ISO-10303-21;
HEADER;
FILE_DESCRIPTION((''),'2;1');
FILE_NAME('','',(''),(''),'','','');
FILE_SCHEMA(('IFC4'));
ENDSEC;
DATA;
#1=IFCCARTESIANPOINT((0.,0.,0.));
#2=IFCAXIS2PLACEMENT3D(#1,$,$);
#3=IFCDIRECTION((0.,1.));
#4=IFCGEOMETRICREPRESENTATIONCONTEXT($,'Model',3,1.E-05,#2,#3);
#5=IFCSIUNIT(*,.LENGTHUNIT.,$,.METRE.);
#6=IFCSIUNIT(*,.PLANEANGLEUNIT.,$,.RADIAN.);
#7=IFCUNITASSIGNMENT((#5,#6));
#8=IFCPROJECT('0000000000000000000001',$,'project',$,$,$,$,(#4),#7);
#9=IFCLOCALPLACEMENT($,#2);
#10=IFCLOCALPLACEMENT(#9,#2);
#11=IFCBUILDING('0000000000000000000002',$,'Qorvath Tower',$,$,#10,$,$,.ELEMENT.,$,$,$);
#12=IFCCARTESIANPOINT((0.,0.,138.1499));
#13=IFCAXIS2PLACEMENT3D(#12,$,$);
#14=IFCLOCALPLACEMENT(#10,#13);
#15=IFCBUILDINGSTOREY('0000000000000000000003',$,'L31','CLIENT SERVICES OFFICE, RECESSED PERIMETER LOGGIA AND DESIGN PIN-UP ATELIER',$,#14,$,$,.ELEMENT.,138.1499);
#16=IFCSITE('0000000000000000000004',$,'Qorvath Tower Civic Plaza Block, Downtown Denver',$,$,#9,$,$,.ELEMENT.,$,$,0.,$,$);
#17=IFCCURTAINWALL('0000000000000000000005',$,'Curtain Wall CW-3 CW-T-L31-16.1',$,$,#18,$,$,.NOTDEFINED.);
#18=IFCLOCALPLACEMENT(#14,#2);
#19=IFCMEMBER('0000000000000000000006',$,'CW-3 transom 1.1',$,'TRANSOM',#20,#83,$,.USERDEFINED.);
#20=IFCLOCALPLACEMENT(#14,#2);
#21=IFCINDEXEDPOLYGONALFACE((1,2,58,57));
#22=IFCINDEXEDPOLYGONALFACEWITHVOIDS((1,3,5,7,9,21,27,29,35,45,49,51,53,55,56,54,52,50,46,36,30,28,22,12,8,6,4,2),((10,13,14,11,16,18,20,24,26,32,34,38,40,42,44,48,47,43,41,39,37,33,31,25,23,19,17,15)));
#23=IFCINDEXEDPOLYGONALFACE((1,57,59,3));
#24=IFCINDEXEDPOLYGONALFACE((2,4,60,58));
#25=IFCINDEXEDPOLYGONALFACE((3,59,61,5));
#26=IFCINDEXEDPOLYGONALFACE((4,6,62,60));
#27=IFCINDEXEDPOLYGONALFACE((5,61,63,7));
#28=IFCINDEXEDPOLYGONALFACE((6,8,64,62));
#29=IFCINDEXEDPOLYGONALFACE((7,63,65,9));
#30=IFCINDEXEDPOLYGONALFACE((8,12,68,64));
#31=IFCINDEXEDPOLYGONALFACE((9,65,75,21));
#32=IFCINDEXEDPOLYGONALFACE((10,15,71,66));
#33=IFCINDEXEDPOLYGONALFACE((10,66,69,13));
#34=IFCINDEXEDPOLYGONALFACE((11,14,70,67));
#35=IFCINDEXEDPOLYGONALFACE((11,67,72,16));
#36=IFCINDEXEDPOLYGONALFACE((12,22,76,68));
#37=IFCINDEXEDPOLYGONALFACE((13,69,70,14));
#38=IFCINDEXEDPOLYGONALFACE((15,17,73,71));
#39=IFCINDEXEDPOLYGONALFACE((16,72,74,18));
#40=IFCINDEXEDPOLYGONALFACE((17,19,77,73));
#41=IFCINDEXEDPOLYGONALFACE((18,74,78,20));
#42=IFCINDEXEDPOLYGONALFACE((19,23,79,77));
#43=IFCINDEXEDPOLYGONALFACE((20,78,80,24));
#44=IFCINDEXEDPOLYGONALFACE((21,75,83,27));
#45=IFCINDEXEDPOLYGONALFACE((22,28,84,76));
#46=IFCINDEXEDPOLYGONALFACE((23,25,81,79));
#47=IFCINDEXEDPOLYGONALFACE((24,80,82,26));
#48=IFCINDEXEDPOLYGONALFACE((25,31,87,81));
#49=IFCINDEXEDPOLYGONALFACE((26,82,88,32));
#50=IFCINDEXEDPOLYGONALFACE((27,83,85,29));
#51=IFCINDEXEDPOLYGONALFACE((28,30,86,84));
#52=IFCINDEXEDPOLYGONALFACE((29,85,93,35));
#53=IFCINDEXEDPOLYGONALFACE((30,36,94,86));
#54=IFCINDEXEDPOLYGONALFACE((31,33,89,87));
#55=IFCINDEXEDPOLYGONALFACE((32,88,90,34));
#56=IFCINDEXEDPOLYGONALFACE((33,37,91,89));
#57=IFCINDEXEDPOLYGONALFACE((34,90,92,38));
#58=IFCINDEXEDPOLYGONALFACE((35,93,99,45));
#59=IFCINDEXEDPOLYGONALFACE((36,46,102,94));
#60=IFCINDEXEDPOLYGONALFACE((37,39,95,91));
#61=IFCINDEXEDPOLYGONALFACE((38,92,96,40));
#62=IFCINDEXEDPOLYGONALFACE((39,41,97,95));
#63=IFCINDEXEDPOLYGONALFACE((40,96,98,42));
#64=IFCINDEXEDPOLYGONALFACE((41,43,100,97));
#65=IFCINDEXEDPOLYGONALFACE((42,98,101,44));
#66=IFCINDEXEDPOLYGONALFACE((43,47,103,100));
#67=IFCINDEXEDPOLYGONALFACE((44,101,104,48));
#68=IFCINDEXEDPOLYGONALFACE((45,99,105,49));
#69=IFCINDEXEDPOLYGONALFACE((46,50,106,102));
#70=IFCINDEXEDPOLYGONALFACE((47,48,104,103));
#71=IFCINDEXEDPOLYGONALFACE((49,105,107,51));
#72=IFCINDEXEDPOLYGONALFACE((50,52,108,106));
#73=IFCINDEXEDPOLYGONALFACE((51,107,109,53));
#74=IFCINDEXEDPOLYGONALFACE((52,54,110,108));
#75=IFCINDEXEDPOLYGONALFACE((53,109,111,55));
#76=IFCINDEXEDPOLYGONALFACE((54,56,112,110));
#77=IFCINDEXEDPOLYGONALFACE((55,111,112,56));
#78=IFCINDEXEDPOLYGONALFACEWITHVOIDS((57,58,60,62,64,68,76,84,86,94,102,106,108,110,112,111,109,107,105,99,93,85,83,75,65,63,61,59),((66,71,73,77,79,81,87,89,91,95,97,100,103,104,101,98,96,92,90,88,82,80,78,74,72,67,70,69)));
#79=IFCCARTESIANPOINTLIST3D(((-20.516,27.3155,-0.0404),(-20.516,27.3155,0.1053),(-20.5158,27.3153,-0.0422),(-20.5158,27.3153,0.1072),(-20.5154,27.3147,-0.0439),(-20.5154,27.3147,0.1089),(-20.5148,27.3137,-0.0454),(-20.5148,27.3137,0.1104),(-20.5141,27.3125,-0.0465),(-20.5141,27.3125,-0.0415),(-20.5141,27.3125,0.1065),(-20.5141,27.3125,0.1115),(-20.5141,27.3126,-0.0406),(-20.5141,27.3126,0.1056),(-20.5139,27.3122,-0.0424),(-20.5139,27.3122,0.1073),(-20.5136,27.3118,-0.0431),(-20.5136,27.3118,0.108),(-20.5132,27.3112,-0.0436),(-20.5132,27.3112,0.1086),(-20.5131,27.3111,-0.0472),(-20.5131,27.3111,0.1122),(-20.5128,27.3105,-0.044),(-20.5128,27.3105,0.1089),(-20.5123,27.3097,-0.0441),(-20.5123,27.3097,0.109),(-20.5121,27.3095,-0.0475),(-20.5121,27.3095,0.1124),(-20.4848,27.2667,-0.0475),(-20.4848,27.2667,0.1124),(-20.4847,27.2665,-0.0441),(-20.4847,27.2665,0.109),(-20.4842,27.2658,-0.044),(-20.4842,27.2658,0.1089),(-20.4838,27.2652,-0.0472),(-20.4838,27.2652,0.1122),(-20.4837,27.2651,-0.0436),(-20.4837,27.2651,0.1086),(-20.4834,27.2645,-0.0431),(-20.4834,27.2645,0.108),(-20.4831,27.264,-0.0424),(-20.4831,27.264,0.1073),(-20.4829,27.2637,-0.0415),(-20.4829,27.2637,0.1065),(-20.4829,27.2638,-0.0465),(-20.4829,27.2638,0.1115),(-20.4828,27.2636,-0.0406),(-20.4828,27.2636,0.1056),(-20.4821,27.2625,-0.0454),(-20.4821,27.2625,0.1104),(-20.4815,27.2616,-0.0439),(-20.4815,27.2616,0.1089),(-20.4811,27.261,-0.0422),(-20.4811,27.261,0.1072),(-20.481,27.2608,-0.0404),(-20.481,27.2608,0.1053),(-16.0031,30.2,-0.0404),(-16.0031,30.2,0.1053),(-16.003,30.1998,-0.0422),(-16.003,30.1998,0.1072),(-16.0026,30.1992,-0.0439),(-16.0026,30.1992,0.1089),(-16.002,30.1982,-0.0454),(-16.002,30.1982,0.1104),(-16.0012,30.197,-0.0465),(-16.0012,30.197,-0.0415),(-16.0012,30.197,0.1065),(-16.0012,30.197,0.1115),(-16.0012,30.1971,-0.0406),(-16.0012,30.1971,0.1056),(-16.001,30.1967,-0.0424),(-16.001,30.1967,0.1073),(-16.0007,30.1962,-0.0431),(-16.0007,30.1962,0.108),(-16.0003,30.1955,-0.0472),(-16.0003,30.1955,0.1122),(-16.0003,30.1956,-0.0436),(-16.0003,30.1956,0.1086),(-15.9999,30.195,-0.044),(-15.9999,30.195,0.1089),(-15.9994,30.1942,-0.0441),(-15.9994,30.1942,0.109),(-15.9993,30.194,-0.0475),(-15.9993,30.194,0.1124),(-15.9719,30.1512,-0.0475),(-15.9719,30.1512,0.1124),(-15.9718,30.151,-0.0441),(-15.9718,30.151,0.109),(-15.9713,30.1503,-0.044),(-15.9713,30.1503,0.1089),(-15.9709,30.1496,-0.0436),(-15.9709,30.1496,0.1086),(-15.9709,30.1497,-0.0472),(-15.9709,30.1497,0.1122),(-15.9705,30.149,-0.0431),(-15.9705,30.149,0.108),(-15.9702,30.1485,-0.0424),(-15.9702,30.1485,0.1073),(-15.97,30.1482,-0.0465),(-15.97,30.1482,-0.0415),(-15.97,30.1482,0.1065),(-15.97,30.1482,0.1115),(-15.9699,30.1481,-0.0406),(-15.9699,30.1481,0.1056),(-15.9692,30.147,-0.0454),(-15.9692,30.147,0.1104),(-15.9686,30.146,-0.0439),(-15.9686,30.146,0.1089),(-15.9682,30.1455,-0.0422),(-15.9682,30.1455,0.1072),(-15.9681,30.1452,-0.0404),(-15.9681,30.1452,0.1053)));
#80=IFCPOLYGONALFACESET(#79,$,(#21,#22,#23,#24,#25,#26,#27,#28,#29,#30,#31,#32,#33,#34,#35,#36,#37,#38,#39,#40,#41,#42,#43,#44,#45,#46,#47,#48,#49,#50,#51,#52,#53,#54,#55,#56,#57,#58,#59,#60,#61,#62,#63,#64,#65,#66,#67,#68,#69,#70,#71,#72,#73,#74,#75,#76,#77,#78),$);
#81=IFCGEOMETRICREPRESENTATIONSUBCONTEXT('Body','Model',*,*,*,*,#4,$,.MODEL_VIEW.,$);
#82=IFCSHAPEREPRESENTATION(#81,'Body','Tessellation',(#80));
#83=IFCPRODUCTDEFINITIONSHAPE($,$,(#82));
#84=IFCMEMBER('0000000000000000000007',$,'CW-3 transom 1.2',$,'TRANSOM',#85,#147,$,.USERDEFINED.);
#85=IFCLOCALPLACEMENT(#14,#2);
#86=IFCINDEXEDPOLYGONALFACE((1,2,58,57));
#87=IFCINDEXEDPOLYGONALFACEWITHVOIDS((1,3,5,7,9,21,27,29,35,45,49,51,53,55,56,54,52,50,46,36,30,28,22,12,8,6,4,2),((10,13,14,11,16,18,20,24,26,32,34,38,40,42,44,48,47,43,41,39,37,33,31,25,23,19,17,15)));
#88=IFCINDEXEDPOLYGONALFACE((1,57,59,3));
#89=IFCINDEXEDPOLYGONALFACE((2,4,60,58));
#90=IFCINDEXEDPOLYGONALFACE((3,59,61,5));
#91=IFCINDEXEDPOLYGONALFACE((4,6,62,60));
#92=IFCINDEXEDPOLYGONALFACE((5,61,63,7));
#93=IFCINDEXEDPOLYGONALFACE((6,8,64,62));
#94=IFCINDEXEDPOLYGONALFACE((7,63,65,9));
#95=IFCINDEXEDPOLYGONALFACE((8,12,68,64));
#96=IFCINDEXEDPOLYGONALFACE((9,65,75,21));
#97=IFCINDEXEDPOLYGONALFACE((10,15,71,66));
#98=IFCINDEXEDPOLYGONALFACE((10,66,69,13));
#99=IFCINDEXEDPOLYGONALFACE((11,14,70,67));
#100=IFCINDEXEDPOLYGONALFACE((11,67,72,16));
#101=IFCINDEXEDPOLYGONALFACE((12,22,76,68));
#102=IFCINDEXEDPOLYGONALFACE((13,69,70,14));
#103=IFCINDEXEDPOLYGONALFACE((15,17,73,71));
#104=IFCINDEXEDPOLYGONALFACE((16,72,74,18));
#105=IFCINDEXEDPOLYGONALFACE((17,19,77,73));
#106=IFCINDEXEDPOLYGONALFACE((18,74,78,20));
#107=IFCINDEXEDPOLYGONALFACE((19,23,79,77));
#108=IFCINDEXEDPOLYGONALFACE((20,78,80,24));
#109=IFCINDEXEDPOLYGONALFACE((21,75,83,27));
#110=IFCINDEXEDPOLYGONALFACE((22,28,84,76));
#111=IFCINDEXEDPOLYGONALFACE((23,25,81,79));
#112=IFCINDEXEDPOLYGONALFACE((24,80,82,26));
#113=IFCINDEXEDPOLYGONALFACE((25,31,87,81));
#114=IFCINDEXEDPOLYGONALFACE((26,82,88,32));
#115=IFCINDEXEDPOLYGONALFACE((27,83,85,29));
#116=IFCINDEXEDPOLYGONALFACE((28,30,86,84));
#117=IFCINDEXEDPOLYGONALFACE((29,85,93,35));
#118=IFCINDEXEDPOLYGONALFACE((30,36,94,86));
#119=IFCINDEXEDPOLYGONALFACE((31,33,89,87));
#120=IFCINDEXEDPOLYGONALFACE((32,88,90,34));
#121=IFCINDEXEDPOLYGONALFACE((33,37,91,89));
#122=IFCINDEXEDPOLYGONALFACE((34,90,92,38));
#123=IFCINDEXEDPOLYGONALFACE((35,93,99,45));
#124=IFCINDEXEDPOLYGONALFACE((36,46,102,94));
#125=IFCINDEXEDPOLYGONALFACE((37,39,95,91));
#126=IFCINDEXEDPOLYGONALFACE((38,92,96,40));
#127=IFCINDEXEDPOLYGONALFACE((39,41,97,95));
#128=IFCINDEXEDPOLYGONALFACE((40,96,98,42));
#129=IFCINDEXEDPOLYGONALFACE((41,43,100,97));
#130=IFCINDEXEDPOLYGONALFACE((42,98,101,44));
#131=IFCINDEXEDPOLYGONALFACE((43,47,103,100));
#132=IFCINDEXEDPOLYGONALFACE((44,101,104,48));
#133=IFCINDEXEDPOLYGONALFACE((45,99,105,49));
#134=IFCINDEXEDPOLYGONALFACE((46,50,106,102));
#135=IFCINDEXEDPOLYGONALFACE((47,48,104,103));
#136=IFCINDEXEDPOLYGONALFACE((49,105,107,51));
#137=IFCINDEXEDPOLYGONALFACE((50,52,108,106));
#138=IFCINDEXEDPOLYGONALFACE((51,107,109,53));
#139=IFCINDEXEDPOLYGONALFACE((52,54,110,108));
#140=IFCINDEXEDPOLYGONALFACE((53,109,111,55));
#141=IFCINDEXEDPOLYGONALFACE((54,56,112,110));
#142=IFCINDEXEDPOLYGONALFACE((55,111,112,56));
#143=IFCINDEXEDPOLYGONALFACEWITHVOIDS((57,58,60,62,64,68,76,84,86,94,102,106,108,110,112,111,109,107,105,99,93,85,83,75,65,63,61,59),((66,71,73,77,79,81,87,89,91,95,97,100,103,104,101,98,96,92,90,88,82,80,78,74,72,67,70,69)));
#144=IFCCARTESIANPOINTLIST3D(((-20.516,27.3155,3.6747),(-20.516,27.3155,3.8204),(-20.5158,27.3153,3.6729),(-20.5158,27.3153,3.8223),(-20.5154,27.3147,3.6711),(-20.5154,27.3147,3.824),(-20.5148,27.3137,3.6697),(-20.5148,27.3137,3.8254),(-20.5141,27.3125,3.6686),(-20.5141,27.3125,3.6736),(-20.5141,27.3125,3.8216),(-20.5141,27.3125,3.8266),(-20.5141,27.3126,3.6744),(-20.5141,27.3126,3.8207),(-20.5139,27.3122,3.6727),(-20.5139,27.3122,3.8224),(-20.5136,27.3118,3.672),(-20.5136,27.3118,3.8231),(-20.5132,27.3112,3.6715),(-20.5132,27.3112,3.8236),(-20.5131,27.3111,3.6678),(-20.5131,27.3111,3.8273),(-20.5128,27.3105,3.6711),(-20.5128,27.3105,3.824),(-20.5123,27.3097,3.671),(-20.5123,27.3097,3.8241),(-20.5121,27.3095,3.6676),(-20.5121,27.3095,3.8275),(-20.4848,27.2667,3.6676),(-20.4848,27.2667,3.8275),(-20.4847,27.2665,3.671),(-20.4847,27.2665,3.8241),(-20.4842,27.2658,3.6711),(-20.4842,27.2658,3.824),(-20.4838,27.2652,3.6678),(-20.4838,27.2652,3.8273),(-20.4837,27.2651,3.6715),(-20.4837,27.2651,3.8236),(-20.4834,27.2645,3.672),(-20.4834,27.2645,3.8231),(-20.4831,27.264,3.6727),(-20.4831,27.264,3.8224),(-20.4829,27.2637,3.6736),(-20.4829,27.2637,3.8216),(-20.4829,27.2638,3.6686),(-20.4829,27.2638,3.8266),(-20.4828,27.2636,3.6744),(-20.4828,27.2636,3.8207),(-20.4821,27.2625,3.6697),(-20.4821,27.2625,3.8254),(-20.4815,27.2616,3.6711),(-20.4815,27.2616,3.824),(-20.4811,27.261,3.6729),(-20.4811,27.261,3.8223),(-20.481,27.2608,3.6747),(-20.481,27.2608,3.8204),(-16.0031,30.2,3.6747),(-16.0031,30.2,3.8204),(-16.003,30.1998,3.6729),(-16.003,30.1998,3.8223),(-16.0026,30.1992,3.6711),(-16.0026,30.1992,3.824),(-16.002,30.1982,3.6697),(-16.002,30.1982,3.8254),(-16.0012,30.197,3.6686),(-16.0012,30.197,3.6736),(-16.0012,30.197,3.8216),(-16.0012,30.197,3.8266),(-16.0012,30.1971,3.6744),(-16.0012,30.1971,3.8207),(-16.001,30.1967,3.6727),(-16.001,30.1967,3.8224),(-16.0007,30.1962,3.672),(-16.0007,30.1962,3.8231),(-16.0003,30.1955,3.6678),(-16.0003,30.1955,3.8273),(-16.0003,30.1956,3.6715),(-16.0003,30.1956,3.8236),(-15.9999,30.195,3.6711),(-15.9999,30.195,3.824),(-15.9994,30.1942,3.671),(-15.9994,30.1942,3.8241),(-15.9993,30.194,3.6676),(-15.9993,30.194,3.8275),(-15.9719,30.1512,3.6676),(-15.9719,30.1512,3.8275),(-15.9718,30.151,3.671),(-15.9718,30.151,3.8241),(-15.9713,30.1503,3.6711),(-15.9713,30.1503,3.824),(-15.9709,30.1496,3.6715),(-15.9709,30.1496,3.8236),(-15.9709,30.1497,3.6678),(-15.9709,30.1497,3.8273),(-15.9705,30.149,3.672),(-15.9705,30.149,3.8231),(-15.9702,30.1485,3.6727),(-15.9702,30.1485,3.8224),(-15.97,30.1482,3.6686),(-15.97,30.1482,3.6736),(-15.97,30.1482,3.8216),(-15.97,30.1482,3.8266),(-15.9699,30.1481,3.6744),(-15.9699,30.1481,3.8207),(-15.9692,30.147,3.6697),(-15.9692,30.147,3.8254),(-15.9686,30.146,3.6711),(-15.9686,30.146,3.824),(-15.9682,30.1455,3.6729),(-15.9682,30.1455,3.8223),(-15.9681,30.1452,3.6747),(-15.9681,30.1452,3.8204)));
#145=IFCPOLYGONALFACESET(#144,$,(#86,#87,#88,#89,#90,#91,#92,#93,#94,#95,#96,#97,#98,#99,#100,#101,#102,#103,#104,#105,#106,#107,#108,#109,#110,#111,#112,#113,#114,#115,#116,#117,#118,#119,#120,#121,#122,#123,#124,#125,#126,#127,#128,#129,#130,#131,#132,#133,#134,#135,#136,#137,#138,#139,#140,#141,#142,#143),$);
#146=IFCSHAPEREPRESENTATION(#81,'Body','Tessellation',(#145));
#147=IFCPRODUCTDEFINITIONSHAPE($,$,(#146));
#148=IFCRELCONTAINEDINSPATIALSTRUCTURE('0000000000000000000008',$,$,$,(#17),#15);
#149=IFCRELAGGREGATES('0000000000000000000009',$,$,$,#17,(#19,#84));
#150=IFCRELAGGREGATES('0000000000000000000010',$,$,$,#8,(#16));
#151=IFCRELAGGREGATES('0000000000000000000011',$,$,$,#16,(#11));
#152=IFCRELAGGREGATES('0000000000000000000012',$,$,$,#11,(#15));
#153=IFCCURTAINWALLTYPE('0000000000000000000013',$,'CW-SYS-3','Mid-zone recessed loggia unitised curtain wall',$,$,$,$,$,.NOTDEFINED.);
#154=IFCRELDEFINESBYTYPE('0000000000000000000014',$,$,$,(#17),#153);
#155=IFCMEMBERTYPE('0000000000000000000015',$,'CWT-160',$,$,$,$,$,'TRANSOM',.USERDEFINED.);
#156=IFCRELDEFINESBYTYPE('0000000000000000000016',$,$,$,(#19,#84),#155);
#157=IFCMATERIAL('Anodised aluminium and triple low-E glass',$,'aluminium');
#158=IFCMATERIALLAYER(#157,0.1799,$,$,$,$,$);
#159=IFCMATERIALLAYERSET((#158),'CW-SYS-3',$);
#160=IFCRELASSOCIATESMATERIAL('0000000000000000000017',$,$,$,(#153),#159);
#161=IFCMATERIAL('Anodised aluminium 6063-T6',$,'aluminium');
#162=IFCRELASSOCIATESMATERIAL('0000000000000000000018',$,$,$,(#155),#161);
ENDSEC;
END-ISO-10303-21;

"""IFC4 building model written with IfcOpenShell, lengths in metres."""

from ifc_helpers import new_model, si_unit, direction, frame, origin, origin_2d, place, context, subcontext, project, spatial, hollow_rectangle, extrude, material, layer, layer_set, material_profile, profile_set, type_object, element, aggregate, save


model = new_model("IFC4")

# Units and contexts
model_context = context("Model", 3, precision=1e-05, world=origin(), true_north=direction((0.0, 1.0)))
body_context = subcontext(model_context, "Body", "Model", "MODEL_VIEW")
ifc_project = project(units=[si_unit("LENGTHUNIT", "METRE"), si_unit("PLANEANGLEUNIT", "RADIAN")], contexts=[model_context])

# Site, building, storey
site_placement = place(None, origin())
site = spatial("IfcSite", under=ifc_project, at=site_placement, Name="Qorvath Tower Civic Plaza Block, Downtown Denver", CompositionType="ELEMENT", RefElevation=0.0)
building_placement = place(site_placement, origin())
building = spatial("IfcBuilding", under=site, at=building_placement, Name="Qorvath Tower", CompositionType="ELEMENT")
storey_placement = place(building_placement, frame((0.0, 0.0, 138.1499)))
storey = spatial("IfcBuildingStorey", under=building, at=storey_placement, Name="L31", Description="CLIENT SERVICES OFFICE, RECESSED PERIMETER LOGGIA AND DESIGN PIN-UP ATELIER", CompositionType="ELEMENT", Elevation=138.1499)

# Shared definitions
ifc_material_1 = material(Name="Anodised aluminium and triple low-E glass", Category="aluminium")
ifc_layer_1 = layer(ifc_material_1, 0.1799)
ifc_layer_set_1 = layer_set([ifc_layer_1], Name="CW-SYS-3")
curtain_wall_type = type_object("IfcCurtainWallType", Name="CW-SYS-3", Description="Mid-zone recessed loggia unitised curtain wall", PredefinedType="NOTDEFINED", material=ifc_layer_set_1)

# Curtain wall
curtain_wall_1_placement = place(storey_placement, origin())
curtain_wall_1 = element("IfcCurtainWall", 1, at=curtain_wall_1_placement, inside=storey, type_object=curtain_wall_type, Name="Curtain Wall CW-3 CW-T-L31-16.1", PredefinedType="NOTDEFINED")

# Members
ifc_material_2 = material(Name="Anodised aluminium 6063-T6", Category="aluminium")
ifc_material_profile_1 = material_profile(ifc_material_2, hollow_rectangle(XDim=0.0649, YDim=0.1599, WallThickness=0.0034, InnerFilletRadius=0.0034, OuterFilletRadius=0.0071, at=origin_2d()), Name="CWT 160x65")
ifc_profile_set_1 = profile_set([ifc_material_profile_1], Name="Anodised aluminium 6063-T6")
member_type_1 = type_object("IfcMemberType", Name="CWT-160", ElementType="TRANSOM", PredefinedType="USERDEFINED", material=ifc_profile_set_1)
member_1_placement = place(storey_placement, frame((-15.9856, 30.1726, 0.0325), z_axis=(-0.84259, -0.538556, 0.0), x_axis=(0.538556, -0.84259, 0.0)))
member_1 = element("IfcMember", 2, at=member_1_placement, type_object=member_type_1, Name="CW-3 transom 1.1", ObjectType="TRANSOM", PredefinedType="USERDEFINED", context=body_context, shape_type="SweptSolid", body=[
    extrude(hollow_rectangle(XDim=0.0649, YDim=0.1599, WallThickness=0.0034, InnerFilletRadius=0.0034, OuterFilletRadius=0.0071, at=origin_2d()), origin(), (0.0, 0.0, 1.0), 5.356),
])
member_2_placement = place(storey_placement, frame((-15.9856, 30.1726, 3.7476), z_axis=(-0.84259, -0.538556, 0.0), x_axis=(0.538556, -0.84259, 0.0)))
member_2 = element("IfcMember", 3, at=member_2_placement, type_object=member_type_1, Name="CW-3 transom 1.2", ObjectType="TRANSOM", PredefinedType="USERDEFINED", context=body_context, shape_type="SweptSolid", body=[
    extrude(hollow_rectangle(XDim=0.0649, YDim=0.1599, WallThickness=0.0034, InnerFilletRadius=0.0034, OuterFilletRadius=0.0071, at=origin_2d()), origin(), (0.0, 0.0, 1.0), 5.356),
])

aggregate(curtain_wall_1, [member_1, member_2])

save(model, "model.ifc")
